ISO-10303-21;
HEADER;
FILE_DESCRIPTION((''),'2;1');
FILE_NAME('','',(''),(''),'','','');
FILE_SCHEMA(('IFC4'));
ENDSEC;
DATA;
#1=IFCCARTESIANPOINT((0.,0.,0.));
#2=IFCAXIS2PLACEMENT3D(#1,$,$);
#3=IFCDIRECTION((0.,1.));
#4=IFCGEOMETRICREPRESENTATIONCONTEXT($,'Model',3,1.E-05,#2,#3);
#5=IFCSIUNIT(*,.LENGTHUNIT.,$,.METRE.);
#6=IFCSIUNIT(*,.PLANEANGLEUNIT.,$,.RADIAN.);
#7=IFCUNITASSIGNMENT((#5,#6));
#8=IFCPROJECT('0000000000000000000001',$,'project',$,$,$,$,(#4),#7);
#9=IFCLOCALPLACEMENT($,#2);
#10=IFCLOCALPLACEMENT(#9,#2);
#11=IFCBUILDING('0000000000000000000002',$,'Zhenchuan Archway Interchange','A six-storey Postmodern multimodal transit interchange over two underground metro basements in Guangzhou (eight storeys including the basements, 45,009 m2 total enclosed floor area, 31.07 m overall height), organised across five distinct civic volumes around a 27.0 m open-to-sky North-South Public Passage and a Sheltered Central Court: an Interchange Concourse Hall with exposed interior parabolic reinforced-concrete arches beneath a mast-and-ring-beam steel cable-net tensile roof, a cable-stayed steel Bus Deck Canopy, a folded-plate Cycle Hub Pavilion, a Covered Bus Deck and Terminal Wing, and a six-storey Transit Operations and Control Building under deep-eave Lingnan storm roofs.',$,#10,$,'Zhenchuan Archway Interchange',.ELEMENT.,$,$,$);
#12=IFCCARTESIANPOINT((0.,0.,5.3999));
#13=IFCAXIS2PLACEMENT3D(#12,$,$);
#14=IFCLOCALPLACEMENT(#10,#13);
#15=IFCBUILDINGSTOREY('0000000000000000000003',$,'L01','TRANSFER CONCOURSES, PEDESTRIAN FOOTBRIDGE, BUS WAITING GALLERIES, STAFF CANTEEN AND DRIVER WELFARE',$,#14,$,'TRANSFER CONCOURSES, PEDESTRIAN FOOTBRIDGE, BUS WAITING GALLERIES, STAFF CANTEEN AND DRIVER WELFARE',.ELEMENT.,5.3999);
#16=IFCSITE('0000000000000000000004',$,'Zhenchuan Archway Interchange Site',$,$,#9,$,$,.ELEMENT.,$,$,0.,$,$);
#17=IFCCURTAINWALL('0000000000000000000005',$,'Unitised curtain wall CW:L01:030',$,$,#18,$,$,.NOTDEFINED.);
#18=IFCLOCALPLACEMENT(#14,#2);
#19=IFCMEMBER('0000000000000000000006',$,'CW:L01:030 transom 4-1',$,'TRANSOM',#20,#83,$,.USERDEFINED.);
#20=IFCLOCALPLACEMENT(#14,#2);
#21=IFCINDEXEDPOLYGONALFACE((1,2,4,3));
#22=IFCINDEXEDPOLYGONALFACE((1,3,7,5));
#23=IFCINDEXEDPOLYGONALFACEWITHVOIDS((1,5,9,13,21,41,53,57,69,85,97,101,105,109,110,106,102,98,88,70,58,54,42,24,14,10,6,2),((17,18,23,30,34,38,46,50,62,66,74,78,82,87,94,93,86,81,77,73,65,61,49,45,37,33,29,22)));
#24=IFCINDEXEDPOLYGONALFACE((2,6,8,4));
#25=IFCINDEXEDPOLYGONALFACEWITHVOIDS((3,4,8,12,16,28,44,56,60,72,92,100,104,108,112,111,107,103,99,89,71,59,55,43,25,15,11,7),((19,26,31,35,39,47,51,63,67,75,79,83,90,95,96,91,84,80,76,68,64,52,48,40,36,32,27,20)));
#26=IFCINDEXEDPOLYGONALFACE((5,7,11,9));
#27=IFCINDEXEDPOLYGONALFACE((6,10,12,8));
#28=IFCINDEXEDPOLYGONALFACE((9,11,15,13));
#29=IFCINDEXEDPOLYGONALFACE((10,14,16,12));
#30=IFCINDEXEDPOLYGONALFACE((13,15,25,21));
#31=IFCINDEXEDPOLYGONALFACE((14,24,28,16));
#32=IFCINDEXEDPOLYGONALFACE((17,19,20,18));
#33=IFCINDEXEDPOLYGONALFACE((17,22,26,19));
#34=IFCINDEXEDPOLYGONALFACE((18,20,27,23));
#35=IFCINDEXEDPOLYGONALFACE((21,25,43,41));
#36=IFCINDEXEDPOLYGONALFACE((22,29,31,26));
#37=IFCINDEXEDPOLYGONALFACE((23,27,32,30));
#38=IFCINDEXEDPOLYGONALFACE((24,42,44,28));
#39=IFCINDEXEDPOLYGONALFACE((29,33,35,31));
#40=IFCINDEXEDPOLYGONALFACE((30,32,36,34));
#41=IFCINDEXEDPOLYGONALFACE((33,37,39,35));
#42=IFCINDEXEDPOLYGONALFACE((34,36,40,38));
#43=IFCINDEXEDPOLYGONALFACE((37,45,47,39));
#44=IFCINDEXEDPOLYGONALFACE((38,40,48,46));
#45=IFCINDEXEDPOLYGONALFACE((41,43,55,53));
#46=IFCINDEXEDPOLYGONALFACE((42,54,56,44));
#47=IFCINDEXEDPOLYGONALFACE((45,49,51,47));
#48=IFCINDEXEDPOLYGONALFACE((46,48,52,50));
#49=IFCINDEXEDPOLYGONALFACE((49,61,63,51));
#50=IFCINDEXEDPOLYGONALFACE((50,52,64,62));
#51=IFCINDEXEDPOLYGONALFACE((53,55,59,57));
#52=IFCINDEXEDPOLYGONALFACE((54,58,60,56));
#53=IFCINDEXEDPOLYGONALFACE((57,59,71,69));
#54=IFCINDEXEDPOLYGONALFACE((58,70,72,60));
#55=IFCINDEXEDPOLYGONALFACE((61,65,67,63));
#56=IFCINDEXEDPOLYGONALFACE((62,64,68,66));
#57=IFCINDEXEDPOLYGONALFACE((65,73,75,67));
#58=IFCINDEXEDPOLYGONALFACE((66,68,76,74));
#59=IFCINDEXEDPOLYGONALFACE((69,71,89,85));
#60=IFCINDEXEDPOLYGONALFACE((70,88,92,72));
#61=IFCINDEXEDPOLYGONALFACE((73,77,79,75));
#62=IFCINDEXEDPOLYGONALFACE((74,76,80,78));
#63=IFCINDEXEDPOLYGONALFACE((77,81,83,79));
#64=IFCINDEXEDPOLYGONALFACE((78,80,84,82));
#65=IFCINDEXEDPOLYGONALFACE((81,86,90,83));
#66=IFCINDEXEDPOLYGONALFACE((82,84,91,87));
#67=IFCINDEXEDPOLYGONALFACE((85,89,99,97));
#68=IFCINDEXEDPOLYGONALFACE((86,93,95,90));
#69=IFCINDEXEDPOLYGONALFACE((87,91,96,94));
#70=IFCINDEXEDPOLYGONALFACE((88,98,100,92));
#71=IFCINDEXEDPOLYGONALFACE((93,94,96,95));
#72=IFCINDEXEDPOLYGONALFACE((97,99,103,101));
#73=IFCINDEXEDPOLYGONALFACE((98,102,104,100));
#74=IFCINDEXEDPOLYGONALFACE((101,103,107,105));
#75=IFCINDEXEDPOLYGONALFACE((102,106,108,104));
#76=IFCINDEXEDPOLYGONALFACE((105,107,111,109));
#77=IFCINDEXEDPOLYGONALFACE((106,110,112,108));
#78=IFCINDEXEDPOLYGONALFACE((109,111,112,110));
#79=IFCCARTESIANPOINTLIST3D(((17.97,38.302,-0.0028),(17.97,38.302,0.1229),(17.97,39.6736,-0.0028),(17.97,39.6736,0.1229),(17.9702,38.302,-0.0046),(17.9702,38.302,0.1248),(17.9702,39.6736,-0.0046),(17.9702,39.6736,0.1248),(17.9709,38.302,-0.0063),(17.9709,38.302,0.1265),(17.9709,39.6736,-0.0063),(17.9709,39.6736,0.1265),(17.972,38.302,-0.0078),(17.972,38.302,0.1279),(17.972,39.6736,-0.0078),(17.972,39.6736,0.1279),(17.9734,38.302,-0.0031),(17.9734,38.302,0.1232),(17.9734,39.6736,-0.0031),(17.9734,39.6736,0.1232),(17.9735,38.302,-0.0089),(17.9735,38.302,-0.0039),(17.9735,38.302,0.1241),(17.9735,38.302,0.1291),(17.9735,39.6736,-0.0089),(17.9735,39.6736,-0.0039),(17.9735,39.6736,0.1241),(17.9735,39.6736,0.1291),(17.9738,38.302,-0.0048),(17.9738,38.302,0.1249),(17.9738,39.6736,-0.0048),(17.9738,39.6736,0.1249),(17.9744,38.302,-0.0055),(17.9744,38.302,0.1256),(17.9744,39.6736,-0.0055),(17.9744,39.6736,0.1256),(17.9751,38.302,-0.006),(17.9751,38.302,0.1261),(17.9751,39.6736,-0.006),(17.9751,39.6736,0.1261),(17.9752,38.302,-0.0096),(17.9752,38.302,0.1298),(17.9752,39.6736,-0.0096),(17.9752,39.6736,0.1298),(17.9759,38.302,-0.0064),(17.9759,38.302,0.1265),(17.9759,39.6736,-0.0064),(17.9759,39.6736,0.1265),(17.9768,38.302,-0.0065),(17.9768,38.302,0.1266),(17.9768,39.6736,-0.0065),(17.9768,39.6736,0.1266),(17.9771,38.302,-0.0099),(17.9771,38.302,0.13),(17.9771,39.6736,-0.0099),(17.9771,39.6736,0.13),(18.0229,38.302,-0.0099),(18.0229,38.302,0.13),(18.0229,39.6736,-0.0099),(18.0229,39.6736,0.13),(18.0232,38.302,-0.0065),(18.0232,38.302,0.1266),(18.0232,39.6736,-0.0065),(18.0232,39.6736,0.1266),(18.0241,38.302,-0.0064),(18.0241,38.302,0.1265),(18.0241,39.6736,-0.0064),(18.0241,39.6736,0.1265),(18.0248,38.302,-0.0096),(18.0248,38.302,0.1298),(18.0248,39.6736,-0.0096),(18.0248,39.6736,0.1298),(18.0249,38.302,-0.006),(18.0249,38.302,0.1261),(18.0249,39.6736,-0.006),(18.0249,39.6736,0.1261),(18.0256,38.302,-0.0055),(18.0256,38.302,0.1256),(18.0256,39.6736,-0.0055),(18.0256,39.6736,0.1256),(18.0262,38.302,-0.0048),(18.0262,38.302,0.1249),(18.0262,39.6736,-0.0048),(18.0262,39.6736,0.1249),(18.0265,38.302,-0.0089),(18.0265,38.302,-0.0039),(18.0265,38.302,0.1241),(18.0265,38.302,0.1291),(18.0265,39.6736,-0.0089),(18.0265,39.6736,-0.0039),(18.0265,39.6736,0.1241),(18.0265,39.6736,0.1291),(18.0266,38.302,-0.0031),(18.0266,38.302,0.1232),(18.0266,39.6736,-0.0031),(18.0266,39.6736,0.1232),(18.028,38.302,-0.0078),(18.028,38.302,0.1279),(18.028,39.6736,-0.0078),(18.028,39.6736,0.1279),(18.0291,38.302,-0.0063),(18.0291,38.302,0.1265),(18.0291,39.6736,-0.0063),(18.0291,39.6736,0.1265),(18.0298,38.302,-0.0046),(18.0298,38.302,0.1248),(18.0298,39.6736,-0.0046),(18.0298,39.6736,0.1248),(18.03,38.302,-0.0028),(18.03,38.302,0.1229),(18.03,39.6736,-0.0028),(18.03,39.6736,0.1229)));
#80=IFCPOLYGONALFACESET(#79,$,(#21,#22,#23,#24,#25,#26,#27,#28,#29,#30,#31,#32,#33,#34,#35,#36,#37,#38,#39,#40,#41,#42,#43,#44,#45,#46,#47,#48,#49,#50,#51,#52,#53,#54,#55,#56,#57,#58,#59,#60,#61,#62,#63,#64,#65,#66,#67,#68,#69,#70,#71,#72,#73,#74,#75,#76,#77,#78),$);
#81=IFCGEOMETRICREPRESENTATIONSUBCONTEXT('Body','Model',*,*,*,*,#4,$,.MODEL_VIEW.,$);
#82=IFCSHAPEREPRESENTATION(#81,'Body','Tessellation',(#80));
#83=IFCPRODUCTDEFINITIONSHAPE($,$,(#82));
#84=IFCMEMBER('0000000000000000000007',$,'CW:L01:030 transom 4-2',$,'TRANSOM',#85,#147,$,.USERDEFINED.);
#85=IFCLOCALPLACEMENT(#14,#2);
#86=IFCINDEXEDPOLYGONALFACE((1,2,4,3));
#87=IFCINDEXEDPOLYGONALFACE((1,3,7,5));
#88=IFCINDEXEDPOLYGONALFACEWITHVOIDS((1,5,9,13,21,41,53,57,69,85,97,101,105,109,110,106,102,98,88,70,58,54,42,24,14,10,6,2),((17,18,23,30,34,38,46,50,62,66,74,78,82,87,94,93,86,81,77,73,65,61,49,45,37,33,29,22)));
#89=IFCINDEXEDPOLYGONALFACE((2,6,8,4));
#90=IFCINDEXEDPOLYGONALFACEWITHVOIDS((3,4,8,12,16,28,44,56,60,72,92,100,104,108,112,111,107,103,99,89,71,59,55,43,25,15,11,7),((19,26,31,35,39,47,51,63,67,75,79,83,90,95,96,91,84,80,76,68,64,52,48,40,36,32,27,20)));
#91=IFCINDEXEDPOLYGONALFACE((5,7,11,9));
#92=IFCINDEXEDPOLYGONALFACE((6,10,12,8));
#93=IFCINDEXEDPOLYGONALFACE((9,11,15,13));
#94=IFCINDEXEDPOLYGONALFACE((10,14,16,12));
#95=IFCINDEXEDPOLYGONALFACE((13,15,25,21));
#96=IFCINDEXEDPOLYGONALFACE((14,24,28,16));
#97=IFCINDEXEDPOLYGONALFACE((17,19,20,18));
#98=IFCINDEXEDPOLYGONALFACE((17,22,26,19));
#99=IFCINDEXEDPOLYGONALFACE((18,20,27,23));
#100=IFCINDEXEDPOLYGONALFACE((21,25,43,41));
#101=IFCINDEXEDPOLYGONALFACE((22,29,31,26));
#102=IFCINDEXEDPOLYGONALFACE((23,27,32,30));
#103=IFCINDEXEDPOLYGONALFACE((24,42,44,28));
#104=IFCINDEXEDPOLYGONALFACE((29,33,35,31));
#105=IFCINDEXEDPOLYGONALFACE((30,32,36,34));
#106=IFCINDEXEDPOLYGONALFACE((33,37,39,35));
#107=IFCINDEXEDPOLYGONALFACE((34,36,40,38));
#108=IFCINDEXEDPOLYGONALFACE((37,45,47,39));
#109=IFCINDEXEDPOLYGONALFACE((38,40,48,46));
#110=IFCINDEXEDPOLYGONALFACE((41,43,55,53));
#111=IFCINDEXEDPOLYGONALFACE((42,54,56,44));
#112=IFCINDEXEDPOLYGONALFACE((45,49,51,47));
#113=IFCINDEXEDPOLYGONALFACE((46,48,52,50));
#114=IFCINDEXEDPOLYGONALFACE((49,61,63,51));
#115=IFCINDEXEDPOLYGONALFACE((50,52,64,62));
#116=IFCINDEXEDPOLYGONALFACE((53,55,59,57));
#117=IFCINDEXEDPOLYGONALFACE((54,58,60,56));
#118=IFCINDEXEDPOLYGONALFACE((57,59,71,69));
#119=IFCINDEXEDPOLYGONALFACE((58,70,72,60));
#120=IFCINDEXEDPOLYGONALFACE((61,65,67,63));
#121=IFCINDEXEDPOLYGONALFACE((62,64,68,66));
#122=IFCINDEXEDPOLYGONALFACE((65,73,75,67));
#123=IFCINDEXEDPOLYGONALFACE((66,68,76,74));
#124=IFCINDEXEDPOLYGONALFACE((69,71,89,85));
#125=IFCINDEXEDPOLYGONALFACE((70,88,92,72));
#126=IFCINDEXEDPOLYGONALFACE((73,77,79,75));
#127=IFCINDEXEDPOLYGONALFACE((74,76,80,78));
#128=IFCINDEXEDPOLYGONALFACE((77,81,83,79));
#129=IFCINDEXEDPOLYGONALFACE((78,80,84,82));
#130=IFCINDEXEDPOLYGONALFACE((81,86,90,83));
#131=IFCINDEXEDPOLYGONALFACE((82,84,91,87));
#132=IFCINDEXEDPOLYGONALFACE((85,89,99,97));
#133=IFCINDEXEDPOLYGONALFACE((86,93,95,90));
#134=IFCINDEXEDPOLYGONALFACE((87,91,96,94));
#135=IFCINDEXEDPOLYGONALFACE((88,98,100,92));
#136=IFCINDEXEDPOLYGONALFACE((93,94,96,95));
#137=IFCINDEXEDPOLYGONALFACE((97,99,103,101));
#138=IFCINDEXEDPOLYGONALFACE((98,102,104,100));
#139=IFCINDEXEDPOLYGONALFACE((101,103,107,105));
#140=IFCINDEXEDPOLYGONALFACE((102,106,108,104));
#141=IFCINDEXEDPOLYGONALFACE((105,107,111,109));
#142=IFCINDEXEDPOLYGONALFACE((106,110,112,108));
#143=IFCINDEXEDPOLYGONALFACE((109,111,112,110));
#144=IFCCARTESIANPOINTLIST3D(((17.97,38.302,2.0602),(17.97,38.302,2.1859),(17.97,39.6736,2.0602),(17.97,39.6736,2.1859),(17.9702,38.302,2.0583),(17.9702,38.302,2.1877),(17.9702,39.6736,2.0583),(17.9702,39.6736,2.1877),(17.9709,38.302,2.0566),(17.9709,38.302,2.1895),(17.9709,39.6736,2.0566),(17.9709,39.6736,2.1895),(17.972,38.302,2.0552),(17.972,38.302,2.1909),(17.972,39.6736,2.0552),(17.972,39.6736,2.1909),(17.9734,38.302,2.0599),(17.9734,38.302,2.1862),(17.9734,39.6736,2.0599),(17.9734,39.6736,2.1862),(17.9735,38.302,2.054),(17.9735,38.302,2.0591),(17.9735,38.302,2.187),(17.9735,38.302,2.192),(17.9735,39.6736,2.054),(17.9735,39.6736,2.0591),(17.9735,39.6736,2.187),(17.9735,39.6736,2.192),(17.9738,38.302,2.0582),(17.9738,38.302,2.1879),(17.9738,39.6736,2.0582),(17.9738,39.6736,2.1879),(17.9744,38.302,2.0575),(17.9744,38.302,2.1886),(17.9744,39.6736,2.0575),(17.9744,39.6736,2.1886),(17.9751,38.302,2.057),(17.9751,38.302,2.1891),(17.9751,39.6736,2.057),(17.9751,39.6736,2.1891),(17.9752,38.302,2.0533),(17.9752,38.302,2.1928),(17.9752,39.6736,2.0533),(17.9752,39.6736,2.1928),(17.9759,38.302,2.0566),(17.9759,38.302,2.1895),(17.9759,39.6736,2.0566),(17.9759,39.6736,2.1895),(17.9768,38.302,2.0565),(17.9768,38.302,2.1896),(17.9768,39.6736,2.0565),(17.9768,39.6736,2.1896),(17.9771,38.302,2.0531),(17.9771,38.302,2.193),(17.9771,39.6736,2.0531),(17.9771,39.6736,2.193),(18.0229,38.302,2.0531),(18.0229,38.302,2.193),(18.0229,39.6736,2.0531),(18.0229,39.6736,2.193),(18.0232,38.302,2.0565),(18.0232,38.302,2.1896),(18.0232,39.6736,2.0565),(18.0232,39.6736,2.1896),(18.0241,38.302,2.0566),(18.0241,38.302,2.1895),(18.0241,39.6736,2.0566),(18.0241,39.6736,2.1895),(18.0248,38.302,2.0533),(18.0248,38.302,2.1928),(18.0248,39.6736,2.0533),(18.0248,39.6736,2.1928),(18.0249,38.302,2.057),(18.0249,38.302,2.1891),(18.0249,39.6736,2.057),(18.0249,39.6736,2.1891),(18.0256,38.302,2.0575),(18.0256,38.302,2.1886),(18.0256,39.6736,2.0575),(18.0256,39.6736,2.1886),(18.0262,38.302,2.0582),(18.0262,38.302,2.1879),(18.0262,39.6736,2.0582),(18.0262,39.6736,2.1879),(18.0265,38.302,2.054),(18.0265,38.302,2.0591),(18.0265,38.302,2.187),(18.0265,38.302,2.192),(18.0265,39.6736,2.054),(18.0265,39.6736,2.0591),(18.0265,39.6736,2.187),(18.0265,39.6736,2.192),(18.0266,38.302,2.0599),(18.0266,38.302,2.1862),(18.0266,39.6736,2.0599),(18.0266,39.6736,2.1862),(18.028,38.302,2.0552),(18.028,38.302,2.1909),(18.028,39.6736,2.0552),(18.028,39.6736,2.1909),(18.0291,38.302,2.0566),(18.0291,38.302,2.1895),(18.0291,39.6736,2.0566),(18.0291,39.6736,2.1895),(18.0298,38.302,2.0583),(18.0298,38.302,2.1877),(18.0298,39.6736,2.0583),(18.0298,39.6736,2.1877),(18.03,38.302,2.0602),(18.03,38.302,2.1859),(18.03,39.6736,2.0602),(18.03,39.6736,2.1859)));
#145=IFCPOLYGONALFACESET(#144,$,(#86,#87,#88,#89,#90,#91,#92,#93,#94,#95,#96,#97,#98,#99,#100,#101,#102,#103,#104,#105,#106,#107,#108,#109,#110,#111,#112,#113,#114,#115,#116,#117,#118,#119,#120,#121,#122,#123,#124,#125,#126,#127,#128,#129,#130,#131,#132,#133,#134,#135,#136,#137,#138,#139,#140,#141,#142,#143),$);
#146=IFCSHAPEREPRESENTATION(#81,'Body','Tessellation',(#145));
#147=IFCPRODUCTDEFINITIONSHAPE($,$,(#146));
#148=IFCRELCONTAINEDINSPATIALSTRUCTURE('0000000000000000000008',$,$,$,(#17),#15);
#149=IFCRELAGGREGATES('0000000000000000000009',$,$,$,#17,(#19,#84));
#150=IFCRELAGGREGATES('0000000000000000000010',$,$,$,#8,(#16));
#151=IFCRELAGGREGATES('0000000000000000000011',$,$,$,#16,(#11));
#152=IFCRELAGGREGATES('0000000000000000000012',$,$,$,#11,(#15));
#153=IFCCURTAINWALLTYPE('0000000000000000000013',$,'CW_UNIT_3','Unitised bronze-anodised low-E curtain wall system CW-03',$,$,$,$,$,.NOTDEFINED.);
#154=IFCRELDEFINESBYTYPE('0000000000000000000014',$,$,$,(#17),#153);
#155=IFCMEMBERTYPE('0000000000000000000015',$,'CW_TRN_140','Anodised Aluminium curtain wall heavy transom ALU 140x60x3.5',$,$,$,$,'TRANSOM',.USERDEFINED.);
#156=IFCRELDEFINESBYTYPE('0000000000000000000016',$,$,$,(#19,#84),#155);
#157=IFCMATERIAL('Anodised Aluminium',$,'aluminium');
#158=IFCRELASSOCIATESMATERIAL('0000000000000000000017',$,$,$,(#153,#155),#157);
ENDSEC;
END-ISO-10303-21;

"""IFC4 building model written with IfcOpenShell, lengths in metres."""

from ifc_helpers import new_model, si_unit, direction, frame, origin, origin_2d, place, context, subcontext, project, spatial, hollow_rectangle, extrude, material, material_profile, profile_set, type_object, element, aggregate, save


model = new_model("IFC4")

# Units and contexts
model_context = context("Model", 3, precision=1e-05, world=origin(), true_north=direction((0.0, 1.0)))
body_context = subcontext(model_context, "Body", "Model", "MODEL_VIEW")
ifc_project = project(units=[si_unit("LENGTHUNIT", "METRE"), si_unit("PLANEANGLEUNIT", "RADIAN")], contexts=[model_context])

# Site, building, storey
site_placement = place(None, origin())
site = spatial("IfcSite", under=ifc_project, at=site_placement, Name="Zhenchuan Archway Interchange Site", CompositionType="ELEMENT", RefElevation=0.0)
building_placement = place(site_placement, origin())
building = spatial("IfcBuilding", under=site, at=building_placement, Name="Zhenchuan Archway Interchange", Description="A six-storey Postmodern multimodal transit interchange over two underground metro basements in Guangzhou (eight storeys including the basements, 45,009 m2 total enclosed floor area, 31.07 m overall height), organised across five distinct civic volumes around a 27.0 m open-to-sky North-South Public Passage and a Sheltered Central Court: an Interchange Concourse Hall with exposed interior parabolic reinforced-concrete arches beneath a mast-and-ring-beam steel cable-net tensile roof, a cable-stayed steel Bus Deck Canopy, a folded-plate Cycle Hub Pavilion, a Covered Bus Deck and Terminal Wing, and a six-storey Transit Operations and Control Building under deep-eave Lingnan storm roofs.", LongName="Zhenchuan Archway Interchange", CompositionType="ELEMENT")
storey_placement = place(building_placement, frame((0.0, 0.0, 5.3999)))
storey = spatial("IfcBuildingStorey", under=building, at=storey_placement, Name="L01", Description="TRANSFER CONCOURSES, PEDESTRIAN FOOTBRIDGE, BUS WAITING GALLERIES, STAFF CANTEEN AND DRIVER WELFARE", LongName="TRANSFER CONCOURSES, PEDESTRIAN FOOTBRIDGE, BUS WAITING GALLERIES, STAFF CANTEEN AND DRIVER WELFARE", CompositionType="ELEMENT", Elevation=5.3999)

# Curtain wall
ifc_material_1 = material(Name="Anodised Aluminium", Category="aluminium")
curtain_wall_type_1 = type_object("IfcCurtainWallType", Name="CW_UNIT_3", Description="Unitised bronze-anodised low-E curtain wall system CW-03", PredefinedType="NOTDEFINED", material=ifc_material_1)
curtain_wall_1_placement = place(storey_placement, origin())
curtain_wall_1 = element("IfcCurtainWall", 1, at=curtain_wall_1_placement, inside=storey, type_object=curtain_wall_type_1, Name="Unitised curtain wall CW:L01:030", PredefinedType="NOTDEFINED")

# Members
ifc_material_profile_1 = material_profile(ifc_material_1, hollow_rectangle(XDim=0.0601, YDim=0.1399, WallThickness=0.0034, InnerFilletRadius=0.0034, OuterFilletRadius=0.0071, at=origin_2d()), Name="ALU 140x60x3.5")
ifc_profile_set_1 = profile_set([ifc_material_profile_1], Name="Anodised Aluminium")
member_type_1 = type_object("IfcMemberType", Name="CW_TRN_140", Description="Anodised Aluminium curtain wall heavy transom ALU 140x60x3.5", ElementType="TRANSOM", PredefinedType="USERDEFINED", material=ifc_profile_set_1)
member_1_placement = place(storey_placement, frame((18.0, 38.302, 0.0601), z_axis=(0.0, 1.0, 0.0), x_axis=(-1.0, 0.0, 0.0)))
member_1 = element("IfcMember", 2, at=member_1_placement, type_object=member_type_1, Name="CW:L01:030 transom 4-1", ObjectType="TRANSOM", PredefinedType="USERDEFINED", context=body_context, shape_type="SweptSolid", body=[
    extrude(hollow_rectangle(XDim=0.0601, YDim=0.1399, WallThickness=0.0034, InnerFilletRadius=0.0034, OuterFilletRadius=0.0071, at=origin_2d()), origin(), (0.0, 0.0, 1.0), 1.3716),
])
member_2_placement = place(storey_placement, frame((18.0, 38.302, 2.123), z_axis=(0.0, 1.0, 0.0), x_axis=(-1.0, 0.0, 0.0)))
member_2 = element("IfcMember", 3, at=member_2_placement, type_object=member_type_1, Name="CW:L01:030 transom 4-2", ObjectType="TRANSOM", PredefinedType="USERDEFINED", context=body_context, shape_type="SweptSolid", body=[
    extrude(hollow_rectangle(XDim=0.0601, YDim=0.1399, WallThickness=0.0034, InnerFilletRadius=0.0034, OuterFilletRadius=0.0071, at=origin_2d()), origin(), (0.0, 0.0, 1.0), 1.3716),
])

aggregate(curtain_wall_1, [member_1, member_2])

save(model, "model.ifc")
